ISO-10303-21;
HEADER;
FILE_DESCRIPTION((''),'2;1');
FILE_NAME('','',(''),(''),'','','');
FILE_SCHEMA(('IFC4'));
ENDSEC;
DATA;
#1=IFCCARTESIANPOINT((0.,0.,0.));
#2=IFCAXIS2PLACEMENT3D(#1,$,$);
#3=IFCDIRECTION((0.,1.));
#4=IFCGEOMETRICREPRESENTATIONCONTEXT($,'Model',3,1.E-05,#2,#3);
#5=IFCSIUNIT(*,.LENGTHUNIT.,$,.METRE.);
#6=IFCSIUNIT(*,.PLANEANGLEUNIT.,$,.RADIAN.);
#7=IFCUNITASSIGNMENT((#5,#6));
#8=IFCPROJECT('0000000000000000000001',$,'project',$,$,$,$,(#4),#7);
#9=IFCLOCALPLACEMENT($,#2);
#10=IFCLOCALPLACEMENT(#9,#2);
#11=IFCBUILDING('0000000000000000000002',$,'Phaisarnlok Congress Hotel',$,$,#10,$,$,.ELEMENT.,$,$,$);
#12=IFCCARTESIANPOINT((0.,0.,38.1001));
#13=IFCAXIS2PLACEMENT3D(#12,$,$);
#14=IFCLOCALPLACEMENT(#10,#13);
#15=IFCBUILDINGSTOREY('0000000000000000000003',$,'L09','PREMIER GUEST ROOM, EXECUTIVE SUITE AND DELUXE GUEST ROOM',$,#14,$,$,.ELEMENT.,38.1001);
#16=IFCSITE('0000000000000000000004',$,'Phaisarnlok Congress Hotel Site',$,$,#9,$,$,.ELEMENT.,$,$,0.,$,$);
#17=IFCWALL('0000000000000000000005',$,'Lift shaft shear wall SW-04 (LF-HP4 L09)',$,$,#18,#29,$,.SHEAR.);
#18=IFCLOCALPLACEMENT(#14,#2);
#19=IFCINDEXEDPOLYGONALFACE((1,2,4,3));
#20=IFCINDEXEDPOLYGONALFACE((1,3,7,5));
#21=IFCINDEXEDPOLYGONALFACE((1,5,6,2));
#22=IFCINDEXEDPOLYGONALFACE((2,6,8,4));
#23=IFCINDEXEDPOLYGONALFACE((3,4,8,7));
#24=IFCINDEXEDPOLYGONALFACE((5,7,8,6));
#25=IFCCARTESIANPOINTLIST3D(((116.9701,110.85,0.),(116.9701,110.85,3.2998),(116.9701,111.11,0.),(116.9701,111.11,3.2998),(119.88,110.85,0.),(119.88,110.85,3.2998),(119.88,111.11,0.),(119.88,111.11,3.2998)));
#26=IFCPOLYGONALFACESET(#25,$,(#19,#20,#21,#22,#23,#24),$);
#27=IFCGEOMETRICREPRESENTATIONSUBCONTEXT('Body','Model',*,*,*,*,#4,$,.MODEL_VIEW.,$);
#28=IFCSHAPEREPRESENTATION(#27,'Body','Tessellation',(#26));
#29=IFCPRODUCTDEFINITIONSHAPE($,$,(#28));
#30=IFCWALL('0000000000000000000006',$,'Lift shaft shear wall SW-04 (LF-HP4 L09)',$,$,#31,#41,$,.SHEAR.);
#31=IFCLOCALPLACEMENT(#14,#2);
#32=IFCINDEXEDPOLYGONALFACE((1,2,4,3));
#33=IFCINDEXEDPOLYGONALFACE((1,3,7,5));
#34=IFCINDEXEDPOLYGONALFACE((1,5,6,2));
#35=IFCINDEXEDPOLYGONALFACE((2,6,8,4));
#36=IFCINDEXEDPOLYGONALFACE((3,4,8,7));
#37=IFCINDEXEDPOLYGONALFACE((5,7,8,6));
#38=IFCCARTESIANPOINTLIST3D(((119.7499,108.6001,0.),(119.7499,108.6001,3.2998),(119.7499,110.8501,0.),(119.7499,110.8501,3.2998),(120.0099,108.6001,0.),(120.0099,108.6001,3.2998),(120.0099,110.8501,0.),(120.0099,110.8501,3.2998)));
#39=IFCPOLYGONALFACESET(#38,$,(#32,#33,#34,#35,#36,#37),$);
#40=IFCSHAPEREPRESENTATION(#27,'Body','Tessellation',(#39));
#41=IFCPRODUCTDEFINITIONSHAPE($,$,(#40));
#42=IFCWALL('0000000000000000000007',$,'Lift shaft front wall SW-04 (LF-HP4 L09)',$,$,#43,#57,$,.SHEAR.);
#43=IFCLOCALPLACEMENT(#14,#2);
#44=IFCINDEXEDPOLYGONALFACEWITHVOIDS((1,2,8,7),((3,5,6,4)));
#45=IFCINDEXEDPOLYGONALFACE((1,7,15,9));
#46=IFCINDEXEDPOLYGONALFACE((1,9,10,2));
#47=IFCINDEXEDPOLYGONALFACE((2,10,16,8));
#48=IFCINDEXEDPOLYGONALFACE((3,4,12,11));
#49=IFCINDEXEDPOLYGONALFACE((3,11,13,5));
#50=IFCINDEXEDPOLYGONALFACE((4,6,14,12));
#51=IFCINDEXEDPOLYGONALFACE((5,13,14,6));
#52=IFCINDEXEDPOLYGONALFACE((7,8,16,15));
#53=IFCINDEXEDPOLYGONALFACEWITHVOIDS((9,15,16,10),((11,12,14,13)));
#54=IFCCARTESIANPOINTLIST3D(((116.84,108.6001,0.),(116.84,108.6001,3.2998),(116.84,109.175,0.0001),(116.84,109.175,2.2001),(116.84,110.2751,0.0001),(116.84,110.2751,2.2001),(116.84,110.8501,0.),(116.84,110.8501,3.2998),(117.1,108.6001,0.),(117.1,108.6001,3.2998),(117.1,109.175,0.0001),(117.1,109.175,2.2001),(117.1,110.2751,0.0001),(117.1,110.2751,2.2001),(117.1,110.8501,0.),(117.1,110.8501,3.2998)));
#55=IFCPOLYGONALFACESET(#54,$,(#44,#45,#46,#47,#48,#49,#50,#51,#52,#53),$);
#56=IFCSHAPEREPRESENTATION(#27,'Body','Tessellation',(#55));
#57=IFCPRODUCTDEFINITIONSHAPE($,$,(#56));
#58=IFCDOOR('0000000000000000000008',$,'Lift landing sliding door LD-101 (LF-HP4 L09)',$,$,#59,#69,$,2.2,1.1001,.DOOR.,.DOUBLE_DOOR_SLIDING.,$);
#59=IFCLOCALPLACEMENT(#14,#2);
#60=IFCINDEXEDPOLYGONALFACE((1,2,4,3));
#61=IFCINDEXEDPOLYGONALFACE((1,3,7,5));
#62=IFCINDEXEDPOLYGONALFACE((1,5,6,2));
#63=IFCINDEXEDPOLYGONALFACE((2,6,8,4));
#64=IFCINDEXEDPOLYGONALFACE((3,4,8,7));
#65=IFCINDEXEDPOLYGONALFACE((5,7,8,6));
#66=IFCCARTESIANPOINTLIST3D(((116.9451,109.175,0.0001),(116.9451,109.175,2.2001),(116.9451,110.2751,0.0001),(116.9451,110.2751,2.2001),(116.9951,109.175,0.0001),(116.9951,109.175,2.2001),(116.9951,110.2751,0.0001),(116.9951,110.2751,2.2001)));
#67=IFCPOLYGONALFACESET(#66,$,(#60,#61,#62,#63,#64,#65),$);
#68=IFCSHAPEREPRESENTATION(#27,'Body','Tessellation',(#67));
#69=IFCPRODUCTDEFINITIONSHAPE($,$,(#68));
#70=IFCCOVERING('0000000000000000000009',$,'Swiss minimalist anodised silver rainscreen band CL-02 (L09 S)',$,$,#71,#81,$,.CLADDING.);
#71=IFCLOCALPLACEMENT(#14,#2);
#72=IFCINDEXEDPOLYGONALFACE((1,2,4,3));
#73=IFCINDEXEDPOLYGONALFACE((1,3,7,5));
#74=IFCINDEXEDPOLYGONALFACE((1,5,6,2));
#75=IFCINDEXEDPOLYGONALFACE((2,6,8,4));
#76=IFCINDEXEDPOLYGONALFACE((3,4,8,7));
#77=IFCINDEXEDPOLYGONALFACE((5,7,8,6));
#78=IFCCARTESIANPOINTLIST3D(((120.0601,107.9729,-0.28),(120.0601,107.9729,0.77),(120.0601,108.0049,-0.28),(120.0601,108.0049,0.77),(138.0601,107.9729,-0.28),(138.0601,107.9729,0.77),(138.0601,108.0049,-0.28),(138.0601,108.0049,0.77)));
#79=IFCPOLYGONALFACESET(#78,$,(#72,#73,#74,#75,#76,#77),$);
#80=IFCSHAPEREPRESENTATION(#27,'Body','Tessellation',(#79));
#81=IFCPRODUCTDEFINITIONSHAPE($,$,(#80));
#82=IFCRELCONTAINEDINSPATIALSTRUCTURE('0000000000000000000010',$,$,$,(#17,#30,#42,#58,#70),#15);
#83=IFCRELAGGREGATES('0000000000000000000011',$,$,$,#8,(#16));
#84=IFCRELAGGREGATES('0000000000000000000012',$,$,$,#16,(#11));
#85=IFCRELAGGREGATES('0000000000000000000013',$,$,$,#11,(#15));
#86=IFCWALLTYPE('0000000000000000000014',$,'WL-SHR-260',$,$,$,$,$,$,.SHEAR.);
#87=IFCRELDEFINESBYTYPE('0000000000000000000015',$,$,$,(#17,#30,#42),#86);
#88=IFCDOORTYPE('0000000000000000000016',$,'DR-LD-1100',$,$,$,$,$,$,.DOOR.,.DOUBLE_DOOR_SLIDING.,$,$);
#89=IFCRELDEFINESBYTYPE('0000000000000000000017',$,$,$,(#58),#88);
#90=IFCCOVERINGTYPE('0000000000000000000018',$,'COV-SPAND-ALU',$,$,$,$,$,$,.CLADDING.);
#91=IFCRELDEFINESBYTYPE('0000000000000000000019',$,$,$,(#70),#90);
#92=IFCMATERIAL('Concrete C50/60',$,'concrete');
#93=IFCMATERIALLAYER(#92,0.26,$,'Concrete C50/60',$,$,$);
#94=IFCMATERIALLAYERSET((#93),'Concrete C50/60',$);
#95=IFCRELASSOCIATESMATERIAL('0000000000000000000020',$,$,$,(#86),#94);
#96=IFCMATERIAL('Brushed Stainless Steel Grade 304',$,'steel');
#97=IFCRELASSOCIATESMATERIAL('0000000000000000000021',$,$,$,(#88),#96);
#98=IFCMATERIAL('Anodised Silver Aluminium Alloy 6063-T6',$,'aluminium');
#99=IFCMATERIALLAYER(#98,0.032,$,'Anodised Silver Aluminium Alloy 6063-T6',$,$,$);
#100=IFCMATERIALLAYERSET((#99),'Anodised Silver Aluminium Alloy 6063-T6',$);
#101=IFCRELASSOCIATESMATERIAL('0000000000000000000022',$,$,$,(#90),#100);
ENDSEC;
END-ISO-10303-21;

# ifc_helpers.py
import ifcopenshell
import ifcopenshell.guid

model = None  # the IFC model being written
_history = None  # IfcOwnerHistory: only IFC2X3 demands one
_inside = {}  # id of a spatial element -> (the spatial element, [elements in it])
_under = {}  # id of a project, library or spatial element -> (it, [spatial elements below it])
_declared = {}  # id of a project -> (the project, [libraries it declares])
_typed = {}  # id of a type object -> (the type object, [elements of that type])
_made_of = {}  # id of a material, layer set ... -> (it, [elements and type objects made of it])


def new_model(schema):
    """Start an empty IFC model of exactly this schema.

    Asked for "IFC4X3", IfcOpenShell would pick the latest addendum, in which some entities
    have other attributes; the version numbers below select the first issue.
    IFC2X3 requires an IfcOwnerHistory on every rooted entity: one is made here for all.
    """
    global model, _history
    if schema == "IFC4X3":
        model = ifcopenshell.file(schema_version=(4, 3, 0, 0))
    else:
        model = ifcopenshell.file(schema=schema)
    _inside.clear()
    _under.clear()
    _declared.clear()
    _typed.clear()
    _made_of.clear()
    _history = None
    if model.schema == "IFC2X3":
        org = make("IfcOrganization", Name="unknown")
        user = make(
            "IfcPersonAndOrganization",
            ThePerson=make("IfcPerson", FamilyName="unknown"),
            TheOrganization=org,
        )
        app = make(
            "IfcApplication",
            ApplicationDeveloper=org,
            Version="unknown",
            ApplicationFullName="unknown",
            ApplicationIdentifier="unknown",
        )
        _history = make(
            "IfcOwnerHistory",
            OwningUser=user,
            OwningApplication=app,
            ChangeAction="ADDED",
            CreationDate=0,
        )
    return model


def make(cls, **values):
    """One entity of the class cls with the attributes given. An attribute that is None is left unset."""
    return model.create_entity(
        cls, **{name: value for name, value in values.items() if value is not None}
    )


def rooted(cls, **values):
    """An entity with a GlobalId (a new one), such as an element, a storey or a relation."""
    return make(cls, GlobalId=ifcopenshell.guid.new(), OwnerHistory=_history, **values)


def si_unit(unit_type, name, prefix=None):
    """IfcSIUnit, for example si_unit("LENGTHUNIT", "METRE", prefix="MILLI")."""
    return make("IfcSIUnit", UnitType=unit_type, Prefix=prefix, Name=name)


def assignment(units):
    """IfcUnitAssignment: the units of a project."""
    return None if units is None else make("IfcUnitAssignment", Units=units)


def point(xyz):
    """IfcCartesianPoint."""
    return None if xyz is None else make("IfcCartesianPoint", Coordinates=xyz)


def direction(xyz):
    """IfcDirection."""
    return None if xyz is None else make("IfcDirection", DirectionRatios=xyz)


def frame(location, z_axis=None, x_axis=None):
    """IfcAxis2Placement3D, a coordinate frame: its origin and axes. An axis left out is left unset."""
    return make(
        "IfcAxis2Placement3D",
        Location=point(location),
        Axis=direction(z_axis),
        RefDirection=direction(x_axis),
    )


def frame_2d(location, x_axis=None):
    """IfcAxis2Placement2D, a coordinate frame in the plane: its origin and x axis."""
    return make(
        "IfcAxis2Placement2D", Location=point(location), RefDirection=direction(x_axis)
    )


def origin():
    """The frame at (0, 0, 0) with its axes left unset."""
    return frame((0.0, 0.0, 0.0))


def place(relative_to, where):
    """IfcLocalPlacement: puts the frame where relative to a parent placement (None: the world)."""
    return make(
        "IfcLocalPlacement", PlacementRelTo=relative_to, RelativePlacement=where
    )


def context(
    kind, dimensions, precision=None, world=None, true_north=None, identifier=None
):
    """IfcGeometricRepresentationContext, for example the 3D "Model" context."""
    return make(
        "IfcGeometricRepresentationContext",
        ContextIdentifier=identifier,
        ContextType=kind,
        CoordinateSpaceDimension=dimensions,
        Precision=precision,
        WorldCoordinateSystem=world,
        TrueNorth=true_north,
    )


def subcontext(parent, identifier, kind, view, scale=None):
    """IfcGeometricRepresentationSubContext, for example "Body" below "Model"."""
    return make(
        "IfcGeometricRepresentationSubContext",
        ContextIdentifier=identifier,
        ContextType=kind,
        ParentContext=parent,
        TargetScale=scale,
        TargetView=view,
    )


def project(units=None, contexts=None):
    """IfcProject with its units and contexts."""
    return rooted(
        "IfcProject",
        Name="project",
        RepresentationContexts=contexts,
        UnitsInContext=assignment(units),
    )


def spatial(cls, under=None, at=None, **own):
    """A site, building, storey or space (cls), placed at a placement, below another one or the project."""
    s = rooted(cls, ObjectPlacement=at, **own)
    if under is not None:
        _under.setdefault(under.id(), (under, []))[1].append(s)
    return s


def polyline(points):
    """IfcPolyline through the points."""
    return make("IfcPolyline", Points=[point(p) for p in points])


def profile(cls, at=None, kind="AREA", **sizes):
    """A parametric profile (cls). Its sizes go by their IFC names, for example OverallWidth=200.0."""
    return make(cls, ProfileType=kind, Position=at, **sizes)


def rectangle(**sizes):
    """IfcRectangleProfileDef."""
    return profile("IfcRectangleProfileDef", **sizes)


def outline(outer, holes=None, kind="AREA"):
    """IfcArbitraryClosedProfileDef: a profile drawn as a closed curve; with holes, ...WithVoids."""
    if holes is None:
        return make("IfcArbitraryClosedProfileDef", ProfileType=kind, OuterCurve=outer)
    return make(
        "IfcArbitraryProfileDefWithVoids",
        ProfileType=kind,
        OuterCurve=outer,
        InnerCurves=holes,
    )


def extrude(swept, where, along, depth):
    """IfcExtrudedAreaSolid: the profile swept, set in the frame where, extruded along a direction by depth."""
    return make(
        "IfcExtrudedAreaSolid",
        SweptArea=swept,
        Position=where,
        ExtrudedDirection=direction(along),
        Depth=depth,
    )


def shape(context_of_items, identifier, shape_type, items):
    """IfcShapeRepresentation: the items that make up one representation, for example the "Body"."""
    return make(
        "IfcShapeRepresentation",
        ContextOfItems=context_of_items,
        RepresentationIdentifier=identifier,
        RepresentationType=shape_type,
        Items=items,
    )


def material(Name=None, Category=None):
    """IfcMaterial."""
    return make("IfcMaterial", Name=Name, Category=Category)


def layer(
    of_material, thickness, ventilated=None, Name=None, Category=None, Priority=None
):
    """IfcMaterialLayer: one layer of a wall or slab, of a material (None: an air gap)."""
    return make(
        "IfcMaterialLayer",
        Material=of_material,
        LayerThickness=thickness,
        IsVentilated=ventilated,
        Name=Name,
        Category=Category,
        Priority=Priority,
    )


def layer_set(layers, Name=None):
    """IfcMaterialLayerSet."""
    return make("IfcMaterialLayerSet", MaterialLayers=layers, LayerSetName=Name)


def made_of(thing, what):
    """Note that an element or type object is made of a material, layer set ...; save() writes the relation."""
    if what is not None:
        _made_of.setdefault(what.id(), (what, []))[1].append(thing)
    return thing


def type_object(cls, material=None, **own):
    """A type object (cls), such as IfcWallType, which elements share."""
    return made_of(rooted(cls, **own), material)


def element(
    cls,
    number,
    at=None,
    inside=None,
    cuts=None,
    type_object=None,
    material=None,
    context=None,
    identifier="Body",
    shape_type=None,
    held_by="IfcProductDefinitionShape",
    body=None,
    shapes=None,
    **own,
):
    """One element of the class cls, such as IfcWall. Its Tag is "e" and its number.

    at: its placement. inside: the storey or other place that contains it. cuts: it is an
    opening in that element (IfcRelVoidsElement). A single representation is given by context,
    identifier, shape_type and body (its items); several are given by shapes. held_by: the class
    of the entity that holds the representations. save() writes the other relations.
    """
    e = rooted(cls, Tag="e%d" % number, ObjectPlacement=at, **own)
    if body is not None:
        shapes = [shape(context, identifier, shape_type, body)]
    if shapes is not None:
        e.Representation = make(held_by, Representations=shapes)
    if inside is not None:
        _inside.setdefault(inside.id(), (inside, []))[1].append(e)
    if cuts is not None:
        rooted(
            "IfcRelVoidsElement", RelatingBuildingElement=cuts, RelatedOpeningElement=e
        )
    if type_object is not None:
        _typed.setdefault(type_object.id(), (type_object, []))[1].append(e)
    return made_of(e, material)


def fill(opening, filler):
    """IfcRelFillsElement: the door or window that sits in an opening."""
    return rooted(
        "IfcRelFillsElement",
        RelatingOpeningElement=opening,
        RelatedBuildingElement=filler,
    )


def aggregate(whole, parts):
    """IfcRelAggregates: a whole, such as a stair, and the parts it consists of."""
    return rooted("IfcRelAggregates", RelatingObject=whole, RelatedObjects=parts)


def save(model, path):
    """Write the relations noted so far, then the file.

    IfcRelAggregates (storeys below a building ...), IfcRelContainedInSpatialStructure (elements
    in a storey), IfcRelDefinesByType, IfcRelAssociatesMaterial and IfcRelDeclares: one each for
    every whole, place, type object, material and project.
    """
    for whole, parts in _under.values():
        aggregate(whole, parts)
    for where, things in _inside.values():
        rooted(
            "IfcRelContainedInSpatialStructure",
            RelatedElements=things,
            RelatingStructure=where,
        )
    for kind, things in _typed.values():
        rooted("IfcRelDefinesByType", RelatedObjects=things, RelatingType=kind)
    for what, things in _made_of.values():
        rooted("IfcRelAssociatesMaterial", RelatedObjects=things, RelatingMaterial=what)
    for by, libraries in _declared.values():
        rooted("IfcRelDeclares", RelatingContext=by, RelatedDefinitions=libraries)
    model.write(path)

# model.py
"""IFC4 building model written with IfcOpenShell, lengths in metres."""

from ifc_helpers import new_model, si_unit, direction, frame, frame_2d, origin, place, context, subcontext, project, spatial, polyline, rectangle, outline, extrude, material, layer, layer_set, type_object, element, fill, save


model = new_model("IFC4")

# Units and contexts
model_context = context("Model", 3, precision=1e-05, world=origin(), true_north=direction((0.0, 1.0)))
body_context = subcontext(model_context, "Body", "Model", "MODEL_VIEW")
ifc_project = project(units=[si_unit("LENGTHUNIT", "METRE"), si_unit("PLANEANGLEUNIT", "RADIAN")], contexts=[model_context])

# Site, building, storey
site_placement = place(None, origin())
site = spatial("IfcSite", under=ifc_project, at=site_placement, Name="Phaisarnlok Congress Hotel Site", CompositionType="ELEMENT", RefElevation=0.0)
building_placement = place(site_placement, origin())
building = spatial("IfcBuilding", under=site, at=building_placement, Name="Phaisarnlok Congress Hotel", CompositionType="ELEMENT")
storey_placement = place(building_placement, frame((0.0, 0.0, 38.1001)))
storey = spatial("IfcBuildingStorey", under=building, at=storey_placement, Name="L09", Description="PREMIER GUEST ROOM, EXECUTIVE SUITE AND DELUXE GUEST ROOM", CompositionType="ELEMENT", Elevation=38.1001)

# Shared definitions
ifc_material_1 = material(Name="Concrete C50/60", Category="concrete")

# Walls
ifc_layer_1 = layer(ifc_material_1, 0.26, Name="Concrete C50/60")
ifc_layer_set_1 = layer_set([ifc_layer_1], Name="Concrete C50/60")
wall_type_1 = type_object("IfcWallType", Name="WL-SHR-260", PredefinedType="SHEAR", material=ifc_layer_set_1)
for number, where, z_axis, x_axis, name in (
    (1, (116.97, 110.98, 0.0), (0.0, 0.0, 1.0), (1.0, 0.0, 0.0), "Lift shaft shear wall SW-04 (LF-HP4 L09)"),
):
    element("IfcWall", number, at=place(storey_placement, frame(where, z_axis=z_axis, x_axis=x_axis)), inside=storey, type_object=wall_type_1, Name=name, PredefinedType="SHEAR", context=body_context, shape_type="SweptSolid", body=[
        extrude(rectangle(XDim=2.9099, YDim=0.26, at=frame_2d((1.4551, 0.0))), origin(), (0.0, 0.0, 1.0), 3.2998),
    ])
wall_1_placement = place(storey_placement, frame((119.8799, 108.6001, 0.0), z_axis=(0.0, 0.0, 1.0), x_axis=(0.0, 1.0, 0.0)))
element("IfcWall", 2, at=wall_1_placement, inside=storey, type_object=wall_type_1, Name="Lift shaft shear wall SW-04 (LF-HP4 L09)", PredefinedType="SHEAR", context=body_context, shape_type="SweptSolid", body=[
    extrude(rectangle(XDim=2.25, YDim=0.26, at=frame_2d((1.125, 0.0))), origin(), (0.0, 0.0, 1.0), 3.2998),
])

# Wall, opening, door
wall_2_placement = place(storey_placement, frame((116.97, 108.6001, 0.0), z_axis=(0.0, 0.0, 1.0), x_axis=(0.0, 1.0, 0.0)))
wall_2 = element("IfcWall", 3, at=wall_2_placement, inside=storey, type_object=wall_type_1, Name="Lift shaft front wall SW-04 (LF-HP4 L09)", PredefinedType="SHEAR", context=body_context, shape_type="SweptSolid", body=[
    extrude(rectangle(XDim=2.25, YDim=0.26, at=frame_2d((1.125, 0.0))), origin(), (0.0, 0.0, 1.0), 3.2998),
])
opening_placement = place(wall_2_placement, frame((0.575, 0.0, 0.0)))
opening = element("IfcOpeningElement", 4, at=opening_placement, cuts=wall_2, PredefinedType="OPENING", context=body_context, shape_type="SweptSolid", body=[
    extrude(rectangle(XDim=1.1001, YDim=2.2, at=frame_2d((0.55, 1.1001))), frame((0.0, 0.1401, 0.0), z_axis=(0.0, -1.0, 0.0), x_axis=(1.0, 0.0, 0.0)), (0.0, 0.0, 1.0), 0.28),
])
ifc_material_2 = material(Name="Brushed Stainless Steel Grade 304", Category="steel")
door_type = type_object("IfcDoorType", Name="DR-LD-1100", OperationType="DOUBLE_DOOR_SLIDING", PredefinedType="DOOR", material=ifc_material_2)
door_placement = place(opening_placement, origin())
door = element("IfcDoor", 5, at=door_placement, inside=storey, type_object=door_type, Name="Lift landing sliding door LD-101 (LF-HP4 L09)", OperationType="DOUBLE_DOOR_SLIDING", OverallHeight=2.2, OverallWidth=1.1001, PredefinedType="DOOR", context=body_context, shape_type="SweptSolid", body=[
    extrude(rectangle(XDim=1.1001, YDim=2.2, at=frame_2d((0.55, 1.1001))), frame((0.0, 0.0249, 0.0), z_axis=(0.0, -1.0, 0.0), x_axis=(1.0, 0.0, 0.0)), (0.0, 0.0, 1.0), 0.05),
])
fill(opening, door)

# Covering
ifc_material_3 = material(Name="Anodised Silver Aluminium Alloy 6063-T6", Category="aluminium")
ifc_layer_2 = layer(ifc_material_3, 0.032, Name="Anodised Silver Aluminium Alloy 6063-T6")
ifc_layer_set_2 = layer_set([ifc_layer_2], Name="Anodised Silver Aluminium Alloy 6063-T6")
covering_type = type_object("IfcCoveringType", Name="COV-SPAND-ALU", PredefinedType="CLADDING", material=ifc_layer_set_2)
covering_placement = place(storey_placement, frame((120.0601, 108.0049, -0.28), z_axis=(0.0, -1.0, 0.0), x_axis=(1.0, 0.0, 0.0)))
element("IfcCovering", 6, at=covering_placement, inside=storey, type_object=covering_type, Name="Swiss minimalist anodised silver rainscreen band CL-02 (L09 S)", PredefinedType="CLADDING", context=body_context, shape_type="SweptSolid", body=[
    extrude(outline(polyline([(0.0, 0.0), (18.0, 0.0), (18.0, 1.05), (0.0, 1.05), (0.0, 0.0)])), origin(), (0.0, 0.0, 1.0), 0.032),
])

save(model, "model.ifc")
